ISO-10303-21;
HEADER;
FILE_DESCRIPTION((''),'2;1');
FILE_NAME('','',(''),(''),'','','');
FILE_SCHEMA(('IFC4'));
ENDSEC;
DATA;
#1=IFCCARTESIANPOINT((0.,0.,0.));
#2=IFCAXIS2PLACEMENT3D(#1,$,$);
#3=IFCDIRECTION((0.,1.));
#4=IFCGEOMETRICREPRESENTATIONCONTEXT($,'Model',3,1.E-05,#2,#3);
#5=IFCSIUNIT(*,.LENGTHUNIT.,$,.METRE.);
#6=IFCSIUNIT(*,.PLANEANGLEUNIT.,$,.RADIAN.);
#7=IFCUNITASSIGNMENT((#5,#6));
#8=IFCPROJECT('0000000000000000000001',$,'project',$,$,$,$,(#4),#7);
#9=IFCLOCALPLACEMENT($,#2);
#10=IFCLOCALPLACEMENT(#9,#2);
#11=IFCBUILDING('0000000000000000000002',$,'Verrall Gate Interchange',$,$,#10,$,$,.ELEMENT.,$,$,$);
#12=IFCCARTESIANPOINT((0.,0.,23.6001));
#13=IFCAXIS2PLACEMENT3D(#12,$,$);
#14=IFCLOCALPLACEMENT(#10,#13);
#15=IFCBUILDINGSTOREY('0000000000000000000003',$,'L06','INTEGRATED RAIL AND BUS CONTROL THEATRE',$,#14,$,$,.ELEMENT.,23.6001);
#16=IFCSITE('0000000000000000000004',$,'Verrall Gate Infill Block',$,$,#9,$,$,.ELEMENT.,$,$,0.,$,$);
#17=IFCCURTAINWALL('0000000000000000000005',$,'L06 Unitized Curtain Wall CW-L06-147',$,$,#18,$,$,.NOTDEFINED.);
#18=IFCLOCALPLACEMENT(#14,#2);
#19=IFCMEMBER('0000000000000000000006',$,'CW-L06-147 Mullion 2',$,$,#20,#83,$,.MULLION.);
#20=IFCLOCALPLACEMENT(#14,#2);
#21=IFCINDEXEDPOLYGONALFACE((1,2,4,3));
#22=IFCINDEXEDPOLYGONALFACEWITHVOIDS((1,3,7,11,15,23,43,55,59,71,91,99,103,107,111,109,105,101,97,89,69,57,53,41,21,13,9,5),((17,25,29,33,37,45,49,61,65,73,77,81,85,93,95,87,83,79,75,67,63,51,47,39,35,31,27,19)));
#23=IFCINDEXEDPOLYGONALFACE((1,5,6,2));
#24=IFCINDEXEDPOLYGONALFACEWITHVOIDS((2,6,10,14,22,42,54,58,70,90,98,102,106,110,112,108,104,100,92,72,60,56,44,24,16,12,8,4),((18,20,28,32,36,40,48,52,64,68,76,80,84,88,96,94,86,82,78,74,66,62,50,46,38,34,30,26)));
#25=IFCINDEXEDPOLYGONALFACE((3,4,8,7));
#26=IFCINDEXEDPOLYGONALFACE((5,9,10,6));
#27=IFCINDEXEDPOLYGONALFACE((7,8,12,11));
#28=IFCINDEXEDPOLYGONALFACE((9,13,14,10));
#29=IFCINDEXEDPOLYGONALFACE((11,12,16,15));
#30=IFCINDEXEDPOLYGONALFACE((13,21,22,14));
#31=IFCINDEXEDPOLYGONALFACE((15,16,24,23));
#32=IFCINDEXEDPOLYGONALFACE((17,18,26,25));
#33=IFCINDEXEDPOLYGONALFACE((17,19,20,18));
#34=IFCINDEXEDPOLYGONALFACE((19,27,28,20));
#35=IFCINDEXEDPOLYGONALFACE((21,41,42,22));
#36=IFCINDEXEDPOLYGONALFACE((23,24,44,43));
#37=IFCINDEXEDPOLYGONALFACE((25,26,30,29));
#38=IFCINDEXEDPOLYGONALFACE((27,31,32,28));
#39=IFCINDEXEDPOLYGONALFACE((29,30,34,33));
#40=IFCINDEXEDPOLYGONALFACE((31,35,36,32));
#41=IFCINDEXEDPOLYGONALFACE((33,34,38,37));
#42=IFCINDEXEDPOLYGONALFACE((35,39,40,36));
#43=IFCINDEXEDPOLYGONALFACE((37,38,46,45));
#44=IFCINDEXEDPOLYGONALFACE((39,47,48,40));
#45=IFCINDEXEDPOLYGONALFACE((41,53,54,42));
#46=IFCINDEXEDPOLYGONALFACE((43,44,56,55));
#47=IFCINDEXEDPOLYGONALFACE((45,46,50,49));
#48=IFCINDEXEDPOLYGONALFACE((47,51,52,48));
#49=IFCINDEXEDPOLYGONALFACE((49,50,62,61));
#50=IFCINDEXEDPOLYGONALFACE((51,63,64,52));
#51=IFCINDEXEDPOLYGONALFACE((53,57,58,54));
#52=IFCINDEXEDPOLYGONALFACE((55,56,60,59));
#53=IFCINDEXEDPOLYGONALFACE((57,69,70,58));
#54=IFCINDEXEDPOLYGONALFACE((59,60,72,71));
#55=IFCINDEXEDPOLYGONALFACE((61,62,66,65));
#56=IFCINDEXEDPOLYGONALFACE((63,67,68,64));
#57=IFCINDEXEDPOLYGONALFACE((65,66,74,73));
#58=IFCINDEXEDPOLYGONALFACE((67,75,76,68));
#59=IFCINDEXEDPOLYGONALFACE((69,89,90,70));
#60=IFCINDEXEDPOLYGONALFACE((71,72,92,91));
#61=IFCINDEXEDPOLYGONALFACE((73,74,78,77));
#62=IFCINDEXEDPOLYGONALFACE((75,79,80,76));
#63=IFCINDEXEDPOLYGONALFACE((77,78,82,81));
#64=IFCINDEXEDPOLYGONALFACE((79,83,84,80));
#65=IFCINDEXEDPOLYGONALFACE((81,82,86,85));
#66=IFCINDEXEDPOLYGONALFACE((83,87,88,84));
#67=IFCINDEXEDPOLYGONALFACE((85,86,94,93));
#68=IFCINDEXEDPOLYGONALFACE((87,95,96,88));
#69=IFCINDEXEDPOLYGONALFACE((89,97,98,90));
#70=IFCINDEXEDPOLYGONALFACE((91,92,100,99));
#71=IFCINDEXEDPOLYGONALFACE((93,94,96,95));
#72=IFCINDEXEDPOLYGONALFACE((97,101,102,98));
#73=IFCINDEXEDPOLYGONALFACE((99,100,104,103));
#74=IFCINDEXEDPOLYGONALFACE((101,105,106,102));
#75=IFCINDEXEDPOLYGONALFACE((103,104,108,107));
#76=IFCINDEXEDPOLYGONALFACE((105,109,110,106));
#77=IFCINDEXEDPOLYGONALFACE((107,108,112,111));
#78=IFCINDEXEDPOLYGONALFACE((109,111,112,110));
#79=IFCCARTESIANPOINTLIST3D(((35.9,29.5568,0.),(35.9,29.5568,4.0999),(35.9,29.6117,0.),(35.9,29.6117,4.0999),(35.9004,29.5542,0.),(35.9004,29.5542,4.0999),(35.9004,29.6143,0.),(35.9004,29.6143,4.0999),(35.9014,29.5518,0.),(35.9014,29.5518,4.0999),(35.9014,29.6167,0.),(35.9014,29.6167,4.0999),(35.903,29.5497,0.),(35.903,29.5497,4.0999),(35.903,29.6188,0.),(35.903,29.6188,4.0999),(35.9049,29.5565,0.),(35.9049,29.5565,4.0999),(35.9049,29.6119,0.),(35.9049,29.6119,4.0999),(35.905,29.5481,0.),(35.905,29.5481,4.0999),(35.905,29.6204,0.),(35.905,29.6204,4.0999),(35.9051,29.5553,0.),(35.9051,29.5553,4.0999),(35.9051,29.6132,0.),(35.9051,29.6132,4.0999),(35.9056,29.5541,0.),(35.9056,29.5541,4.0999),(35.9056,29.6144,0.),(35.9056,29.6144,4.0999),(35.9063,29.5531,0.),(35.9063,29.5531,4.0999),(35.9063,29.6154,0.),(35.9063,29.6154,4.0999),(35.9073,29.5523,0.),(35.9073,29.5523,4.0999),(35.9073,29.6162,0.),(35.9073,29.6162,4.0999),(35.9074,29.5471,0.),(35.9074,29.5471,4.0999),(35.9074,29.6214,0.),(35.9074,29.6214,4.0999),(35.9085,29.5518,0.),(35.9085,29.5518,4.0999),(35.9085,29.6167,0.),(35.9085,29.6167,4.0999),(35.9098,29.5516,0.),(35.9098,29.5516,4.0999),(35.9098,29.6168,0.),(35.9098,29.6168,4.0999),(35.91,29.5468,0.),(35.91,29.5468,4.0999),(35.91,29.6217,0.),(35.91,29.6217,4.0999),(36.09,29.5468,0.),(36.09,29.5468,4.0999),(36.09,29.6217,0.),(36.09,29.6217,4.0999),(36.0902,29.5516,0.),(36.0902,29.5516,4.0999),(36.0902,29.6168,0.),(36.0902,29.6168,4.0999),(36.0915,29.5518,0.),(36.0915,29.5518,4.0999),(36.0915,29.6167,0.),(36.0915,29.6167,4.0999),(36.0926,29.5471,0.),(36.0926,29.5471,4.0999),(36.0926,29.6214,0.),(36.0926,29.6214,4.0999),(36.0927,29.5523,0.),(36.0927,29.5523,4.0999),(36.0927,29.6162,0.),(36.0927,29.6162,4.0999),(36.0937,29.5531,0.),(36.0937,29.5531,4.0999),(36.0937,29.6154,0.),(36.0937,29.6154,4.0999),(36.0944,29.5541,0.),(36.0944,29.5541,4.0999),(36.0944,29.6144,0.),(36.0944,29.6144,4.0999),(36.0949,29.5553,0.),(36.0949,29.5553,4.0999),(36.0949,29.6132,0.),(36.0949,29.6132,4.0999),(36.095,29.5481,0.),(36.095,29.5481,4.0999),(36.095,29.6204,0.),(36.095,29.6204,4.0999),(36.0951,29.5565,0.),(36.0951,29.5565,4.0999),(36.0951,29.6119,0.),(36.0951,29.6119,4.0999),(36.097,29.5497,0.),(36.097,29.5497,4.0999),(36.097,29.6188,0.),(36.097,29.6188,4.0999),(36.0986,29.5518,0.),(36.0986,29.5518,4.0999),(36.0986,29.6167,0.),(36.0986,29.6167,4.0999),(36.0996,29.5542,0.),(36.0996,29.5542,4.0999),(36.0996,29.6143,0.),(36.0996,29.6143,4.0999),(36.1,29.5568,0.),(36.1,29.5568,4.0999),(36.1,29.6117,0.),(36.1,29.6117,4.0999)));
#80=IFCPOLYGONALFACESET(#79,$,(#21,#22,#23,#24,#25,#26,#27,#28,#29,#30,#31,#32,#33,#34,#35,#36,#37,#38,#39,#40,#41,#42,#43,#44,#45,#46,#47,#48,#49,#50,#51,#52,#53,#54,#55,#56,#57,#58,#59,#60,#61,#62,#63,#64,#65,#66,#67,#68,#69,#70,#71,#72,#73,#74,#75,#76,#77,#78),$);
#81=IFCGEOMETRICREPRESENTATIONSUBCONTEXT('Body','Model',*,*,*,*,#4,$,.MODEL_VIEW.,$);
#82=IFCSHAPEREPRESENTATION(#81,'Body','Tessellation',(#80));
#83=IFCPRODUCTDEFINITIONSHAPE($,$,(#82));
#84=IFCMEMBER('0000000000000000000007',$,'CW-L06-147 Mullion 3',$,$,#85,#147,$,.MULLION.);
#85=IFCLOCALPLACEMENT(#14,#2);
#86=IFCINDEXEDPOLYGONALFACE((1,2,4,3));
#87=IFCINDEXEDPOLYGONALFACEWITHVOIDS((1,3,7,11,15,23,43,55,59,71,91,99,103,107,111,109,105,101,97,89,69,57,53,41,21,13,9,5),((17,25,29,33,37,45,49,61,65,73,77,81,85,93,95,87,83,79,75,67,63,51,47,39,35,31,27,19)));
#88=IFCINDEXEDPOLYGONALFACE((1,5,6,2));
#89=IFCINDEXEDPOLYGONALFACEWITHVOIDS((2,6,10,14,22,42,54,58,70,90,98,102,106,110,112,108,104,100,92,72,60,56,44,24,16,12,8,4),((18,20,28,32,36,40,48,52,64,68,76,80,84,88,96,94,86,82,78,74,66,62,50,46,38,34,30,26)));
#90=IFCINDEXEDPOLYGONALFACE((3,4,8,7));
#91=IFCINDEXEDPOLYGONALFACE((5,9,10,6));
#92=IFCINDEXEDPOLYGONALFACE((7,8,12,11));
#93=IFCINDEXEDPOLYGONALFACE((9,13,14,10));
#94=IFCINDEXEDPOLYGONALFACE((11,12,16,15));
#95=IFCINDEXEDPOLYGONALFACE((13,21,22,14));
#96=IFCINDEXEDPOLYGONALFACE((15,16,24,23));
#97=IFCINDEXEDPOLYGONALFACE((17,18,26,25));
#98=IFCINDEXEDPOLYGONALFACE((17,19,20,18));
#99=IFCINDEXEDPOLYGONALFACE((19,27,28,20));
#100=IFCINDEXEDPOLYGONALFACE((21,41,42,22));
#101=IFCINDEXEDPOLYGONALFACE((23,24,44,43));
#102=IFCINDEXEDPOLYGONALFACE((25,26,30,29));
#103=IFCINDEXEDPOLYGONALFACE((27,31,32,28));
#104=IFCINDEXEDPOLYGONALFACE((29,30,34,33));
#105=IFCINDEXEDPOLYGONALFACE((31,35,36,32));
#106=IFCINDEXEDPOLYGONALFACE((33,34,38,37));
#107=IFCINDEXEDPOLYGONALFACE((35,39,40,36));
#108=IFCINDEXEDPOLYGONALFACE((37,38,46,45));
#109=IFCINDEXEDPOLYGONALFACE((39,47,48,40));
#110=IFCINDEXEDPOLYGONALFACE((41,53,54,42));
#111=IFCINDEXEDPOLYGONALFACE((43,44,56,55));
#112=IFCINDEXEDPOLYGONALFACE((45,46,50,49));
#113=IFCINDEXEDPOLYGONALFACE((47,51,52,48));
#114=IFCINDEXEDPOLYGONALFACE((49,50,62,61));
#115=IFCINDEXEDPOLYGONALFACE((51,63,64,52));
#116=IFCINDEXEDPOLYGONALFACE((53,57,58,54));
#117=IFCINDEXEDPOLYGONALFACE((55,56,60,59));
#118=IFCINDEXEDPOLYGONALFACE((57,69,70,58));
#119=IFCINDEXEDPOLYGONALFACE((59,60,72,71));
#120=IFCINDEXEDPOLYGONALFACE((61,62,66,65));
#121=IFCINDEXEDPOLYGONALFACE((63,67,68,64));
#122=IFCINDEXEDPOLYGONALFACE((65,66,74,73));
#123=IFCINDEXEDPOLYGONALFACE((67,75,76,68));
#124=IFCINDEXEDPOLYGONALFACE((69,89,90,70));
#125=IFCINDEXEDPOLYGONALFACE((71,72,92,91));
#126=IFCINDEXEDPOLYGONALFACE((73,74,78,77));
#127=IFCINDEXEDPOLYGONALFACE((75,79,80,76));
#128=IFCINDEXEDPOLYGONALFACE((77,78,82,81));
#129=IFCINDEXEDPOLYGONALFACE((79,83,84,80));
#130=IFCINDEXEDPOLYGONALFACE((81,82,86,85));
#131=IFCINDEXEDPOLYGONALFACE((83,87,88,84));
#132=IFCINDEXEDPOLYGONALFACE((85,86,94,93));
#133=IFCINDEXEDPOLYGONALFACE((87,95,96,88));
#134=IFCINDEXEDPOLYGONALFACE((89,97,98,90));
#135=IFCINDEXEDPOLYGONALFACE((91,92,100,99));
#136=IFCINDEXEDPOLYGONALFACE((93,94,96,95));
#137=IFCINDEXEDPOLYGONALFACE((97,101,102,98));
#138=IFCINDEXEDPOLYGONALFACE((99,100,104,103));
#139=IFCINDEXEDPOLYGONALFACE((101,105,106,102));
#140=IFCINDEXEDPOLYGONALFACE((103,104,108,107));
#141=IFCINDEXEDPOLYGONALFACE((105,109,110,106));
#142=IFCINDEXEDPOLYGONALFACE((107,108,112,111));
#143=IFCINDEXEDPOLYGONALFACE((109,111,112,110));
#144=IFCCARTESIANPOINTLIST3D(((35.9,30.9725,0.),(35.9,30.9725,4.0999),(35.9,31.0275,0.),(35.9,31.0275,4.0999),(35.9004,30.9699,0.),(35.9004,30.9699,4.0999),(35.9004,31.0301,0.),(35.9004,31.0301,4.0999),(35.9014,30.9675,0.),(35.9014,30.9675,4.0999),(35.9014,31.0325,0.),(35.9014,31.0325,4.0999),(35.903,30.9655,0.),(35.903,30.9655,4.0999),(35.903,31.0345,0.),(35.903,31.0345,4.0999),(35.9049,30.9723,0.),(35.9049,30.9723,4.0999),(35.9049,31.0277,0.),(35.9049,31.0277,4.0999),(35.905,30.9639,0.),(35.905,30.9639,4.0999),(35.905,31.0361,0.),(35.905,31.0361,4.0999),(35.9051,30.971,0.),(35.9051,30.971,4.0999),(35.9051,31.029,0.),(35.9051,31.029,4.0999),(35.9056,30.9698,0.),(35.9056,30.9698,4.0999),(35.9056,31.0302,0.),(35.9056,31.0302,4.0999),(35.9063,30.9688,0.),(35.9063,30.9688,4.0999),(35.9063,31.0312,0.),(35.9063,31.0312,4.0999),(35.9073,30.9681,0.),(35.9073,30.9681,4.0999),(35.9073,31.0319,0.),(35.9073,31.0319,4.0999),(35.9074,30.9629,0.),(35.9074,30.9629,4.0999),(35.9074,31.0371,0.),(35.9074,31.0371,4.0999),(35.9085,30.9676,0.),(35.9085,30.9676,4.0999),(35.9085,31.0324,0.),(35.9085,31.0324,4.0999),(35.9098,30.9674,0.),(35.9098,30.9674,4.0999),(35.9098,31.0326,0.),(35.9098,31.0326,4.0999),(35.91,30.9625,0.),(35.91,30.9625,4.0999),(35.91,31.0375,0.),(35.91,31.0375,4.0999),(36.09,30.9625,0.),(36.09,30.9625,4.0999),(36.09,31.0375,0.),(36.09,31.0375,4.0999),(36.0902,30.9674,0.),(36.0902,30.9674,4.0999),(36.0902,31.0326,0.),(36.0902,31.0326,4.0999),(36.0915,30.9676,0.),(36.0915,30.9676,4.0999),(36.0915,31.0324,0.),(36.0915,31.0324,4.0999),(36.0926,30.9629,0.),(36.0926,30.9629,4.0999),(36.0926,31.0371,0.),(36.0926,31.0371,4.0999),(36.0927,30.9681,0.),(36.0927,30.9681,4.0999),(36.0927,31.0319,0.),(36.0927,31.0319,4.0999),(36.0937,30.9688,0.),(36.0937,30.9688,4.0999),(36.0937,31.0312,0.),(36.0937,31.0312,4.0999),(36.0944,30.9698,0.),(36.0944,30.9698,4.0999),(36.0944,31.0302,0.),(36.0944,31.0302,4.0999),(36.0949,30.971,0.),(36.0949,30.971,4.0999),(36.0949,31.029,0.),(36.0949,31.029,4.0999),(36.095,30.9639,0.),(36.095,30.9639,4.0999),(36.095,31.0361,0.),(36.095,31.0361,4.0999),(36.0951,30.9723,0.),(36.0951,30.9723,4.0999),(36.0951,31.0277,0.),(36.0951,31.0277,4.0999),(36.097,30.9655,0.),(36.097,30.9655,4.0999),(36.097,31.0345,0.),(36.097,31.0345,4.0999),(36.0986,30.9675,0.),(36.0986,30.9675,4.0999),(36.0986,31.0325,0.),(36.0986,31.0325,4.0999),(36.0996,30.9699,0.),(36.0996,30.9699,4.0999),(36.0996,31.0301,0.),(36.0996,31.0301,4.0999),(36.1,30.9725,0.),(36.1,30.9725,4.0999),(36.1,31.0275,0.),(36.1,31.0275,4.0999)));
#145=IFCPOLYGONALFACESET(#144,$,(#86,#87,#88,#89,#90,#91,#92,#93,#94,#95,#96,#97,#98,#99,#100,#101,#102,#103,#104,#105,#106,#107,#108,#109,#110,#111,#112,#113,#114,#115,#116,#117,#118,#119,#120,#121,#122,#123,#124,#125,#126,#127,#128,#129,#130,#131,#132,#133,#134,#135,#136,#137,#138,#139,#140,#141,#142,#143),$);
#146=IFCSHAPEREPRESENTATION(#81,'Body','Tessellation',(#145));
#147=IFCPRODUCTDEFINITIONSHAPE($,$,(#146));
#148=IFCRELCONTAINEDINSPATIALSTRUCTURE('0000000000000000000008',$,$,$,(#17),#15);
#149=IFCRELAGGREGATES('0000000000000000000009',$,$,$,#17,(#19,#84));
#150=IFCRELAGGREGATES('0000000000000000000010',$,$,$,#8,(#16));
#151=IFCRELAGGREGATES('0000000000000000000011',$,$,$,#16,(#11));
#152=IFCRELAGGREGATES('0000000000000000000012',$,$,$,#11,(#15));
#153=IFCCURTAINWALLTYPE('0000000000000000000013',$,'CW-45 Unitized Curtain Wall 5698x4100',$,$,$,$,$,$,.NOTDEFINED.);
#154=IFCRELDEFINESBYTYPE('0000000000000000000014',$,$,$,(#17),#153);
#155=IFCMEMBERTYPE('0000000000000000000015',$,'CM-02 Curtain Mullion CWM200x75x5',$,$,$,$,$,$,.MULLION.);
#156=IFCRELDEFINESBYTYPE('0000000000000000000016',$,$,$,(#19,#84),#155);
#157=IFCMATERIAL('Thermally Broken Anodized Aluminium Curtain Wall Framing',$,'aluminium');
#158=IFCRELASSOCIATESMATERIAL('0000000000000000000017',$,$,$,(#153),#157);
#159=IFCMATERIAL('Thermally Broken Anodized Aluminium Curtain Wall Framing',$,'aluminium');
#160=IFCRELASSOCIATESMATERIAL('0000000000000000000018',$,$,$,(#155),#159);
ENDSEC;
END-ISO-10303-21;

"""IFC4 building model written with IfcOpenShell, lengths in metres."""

from ifc_helpers import new_model, si_unit, direction, frame, origin, origin_2d, place, context, subcontext, project, spatial, hollow_rectangle, extrude, material, material_profile, profile_set, type_object, element, aggregate, save


model = new_model("IFC4")

# Units and contexts
model_context = context("Model", 3, precision=1e-05, world=origin(), true_north=direction((0.0, 1.0)))
body_context = subcontext(model_context, "Body", "Model", "MODEL_VIEW")
ifc_project = project(units=[si_unit("LENGTHUNIT", "METRE"), si_unit("PLANEANGLEUNIT", "RADIAN")], contexts=[model_context])

# Site, building, storey
site_placement = place(None, origin())
site = spatial("IfcSite", under=ifc_project, at=site_placement, Name="Verrall Gate Infill Block", CompositionType="ELEMENT", RefElevation=0.0)
building_placement = place(site_placement, origin())
building = spatial("IfcBuilding", under=site, at=building_placement, Name="Verrall Gate Interchange", CompositionType="ELEMENT")
storey_placement = place(building_placement, frame((0.0, 0.0, 23.6001)))
storey = spatial("IfcBuildingStorey", under=building, at=storey_placement, Name="L06", Description="INTEGRATED RAIL AND BUS CONTROL THEATRE", CompositionType="ELEMENT", Elevation=23.6001)

# Curtain wall, members
ifc_material_1 = material(Name="Thermally Broken Anodized Aluminium Curtain Wall Framing", Category="aluminium")
curtain_wall_type = type_object("IfcCurtainWallType", Name="CW-45 Unitized Curtain Wall 5698x4100", PredefinedType="NOTDEFINED", material=ifc_material_1)
curtain_wall_1_placement = place(storey_placement, origin())
curtain_wall_1 = element("IfcCurtainWall", 1, at=curtain_wall_1_placement, inside=storey, type_object=curtain_wall_type, Name="L06 Unitized Curtain Wall CW-L06-147", PredefinedType="NOTDEFINED")
ifc_material_2 = material(Name="Thermally Broken Anodized Aluminium Curtain Wall Framing", Category="aluminium")
ifc_material_profile_1 = material_profile(ifc_material_2, hollow_rectangle(XDim=0.075, YDim=0.2, WallThickness=0.0049, InnerFilletRadius=0.0049, OuterFilletRadius=0.01, at=origin_2d()), Name="CWM200x75x5")
ifc_profile_set_1 = profile_set([ifc_material_profile_1], Name="Thermally Broken Anodized Aluminium Curtain Wall Framing")
member_type_1 = type_object("IfcMemberType", Name="CM-02 Curtain Mullion CWM200x75x5", PredefinedType="MULLION", material=ifc_profile_set_1)
member_1_placement = place(storey_placement, frame((36.0, 29.5842, 0.0), z_axis=(0.0, 0.0, 1.0), x_axis=(0.0, 1.0, 0.0)))
member_1 = element("IfcMember", 2, at=member_1_placement, type_object=member_type_1, Name="CW-L06-147 Mullion 2", PredefinedType="MULLION", context=body_context, shape_type="SweptSolid", body=[
    extrude(hollow_rectangle(XDim=0.075, YDim=0.2, WallThickness=0.0049, InnerFilletRadius=0.0049, OuterFilletRadius=0.01, at=origin_2d()), origin(), (0.0, 0.0, 1.0), 4.0999),
])
member_2_placement = place(storey_placement, frame((36.0, 31.0, 0.0), z_axis=(0.0, 0.0, 1.0), x_axis=(0.0, 1.0, 0.0)))
member_2 = element("IfcMember", 3, at=member_2_placement, type_object=member_type_1, Name="CW-L06-147 Mullion 3", PredefinedType="MULLION", context=body_context, shape_type="SweptSolid", body=[
    extrude(hollow_rectangle(XDim=0.075, YDim=0.2, WallThickness=0.0049, InnerFilletRadius=0.0049, OuterFilletRadius=0.01, at=origin_2d()), origin(), (0.0, 0.0, 1.0), 4.0999),
])

aggregate(curtain_wall_1, [member_1, member_2])

save(model, "model.ifc")
